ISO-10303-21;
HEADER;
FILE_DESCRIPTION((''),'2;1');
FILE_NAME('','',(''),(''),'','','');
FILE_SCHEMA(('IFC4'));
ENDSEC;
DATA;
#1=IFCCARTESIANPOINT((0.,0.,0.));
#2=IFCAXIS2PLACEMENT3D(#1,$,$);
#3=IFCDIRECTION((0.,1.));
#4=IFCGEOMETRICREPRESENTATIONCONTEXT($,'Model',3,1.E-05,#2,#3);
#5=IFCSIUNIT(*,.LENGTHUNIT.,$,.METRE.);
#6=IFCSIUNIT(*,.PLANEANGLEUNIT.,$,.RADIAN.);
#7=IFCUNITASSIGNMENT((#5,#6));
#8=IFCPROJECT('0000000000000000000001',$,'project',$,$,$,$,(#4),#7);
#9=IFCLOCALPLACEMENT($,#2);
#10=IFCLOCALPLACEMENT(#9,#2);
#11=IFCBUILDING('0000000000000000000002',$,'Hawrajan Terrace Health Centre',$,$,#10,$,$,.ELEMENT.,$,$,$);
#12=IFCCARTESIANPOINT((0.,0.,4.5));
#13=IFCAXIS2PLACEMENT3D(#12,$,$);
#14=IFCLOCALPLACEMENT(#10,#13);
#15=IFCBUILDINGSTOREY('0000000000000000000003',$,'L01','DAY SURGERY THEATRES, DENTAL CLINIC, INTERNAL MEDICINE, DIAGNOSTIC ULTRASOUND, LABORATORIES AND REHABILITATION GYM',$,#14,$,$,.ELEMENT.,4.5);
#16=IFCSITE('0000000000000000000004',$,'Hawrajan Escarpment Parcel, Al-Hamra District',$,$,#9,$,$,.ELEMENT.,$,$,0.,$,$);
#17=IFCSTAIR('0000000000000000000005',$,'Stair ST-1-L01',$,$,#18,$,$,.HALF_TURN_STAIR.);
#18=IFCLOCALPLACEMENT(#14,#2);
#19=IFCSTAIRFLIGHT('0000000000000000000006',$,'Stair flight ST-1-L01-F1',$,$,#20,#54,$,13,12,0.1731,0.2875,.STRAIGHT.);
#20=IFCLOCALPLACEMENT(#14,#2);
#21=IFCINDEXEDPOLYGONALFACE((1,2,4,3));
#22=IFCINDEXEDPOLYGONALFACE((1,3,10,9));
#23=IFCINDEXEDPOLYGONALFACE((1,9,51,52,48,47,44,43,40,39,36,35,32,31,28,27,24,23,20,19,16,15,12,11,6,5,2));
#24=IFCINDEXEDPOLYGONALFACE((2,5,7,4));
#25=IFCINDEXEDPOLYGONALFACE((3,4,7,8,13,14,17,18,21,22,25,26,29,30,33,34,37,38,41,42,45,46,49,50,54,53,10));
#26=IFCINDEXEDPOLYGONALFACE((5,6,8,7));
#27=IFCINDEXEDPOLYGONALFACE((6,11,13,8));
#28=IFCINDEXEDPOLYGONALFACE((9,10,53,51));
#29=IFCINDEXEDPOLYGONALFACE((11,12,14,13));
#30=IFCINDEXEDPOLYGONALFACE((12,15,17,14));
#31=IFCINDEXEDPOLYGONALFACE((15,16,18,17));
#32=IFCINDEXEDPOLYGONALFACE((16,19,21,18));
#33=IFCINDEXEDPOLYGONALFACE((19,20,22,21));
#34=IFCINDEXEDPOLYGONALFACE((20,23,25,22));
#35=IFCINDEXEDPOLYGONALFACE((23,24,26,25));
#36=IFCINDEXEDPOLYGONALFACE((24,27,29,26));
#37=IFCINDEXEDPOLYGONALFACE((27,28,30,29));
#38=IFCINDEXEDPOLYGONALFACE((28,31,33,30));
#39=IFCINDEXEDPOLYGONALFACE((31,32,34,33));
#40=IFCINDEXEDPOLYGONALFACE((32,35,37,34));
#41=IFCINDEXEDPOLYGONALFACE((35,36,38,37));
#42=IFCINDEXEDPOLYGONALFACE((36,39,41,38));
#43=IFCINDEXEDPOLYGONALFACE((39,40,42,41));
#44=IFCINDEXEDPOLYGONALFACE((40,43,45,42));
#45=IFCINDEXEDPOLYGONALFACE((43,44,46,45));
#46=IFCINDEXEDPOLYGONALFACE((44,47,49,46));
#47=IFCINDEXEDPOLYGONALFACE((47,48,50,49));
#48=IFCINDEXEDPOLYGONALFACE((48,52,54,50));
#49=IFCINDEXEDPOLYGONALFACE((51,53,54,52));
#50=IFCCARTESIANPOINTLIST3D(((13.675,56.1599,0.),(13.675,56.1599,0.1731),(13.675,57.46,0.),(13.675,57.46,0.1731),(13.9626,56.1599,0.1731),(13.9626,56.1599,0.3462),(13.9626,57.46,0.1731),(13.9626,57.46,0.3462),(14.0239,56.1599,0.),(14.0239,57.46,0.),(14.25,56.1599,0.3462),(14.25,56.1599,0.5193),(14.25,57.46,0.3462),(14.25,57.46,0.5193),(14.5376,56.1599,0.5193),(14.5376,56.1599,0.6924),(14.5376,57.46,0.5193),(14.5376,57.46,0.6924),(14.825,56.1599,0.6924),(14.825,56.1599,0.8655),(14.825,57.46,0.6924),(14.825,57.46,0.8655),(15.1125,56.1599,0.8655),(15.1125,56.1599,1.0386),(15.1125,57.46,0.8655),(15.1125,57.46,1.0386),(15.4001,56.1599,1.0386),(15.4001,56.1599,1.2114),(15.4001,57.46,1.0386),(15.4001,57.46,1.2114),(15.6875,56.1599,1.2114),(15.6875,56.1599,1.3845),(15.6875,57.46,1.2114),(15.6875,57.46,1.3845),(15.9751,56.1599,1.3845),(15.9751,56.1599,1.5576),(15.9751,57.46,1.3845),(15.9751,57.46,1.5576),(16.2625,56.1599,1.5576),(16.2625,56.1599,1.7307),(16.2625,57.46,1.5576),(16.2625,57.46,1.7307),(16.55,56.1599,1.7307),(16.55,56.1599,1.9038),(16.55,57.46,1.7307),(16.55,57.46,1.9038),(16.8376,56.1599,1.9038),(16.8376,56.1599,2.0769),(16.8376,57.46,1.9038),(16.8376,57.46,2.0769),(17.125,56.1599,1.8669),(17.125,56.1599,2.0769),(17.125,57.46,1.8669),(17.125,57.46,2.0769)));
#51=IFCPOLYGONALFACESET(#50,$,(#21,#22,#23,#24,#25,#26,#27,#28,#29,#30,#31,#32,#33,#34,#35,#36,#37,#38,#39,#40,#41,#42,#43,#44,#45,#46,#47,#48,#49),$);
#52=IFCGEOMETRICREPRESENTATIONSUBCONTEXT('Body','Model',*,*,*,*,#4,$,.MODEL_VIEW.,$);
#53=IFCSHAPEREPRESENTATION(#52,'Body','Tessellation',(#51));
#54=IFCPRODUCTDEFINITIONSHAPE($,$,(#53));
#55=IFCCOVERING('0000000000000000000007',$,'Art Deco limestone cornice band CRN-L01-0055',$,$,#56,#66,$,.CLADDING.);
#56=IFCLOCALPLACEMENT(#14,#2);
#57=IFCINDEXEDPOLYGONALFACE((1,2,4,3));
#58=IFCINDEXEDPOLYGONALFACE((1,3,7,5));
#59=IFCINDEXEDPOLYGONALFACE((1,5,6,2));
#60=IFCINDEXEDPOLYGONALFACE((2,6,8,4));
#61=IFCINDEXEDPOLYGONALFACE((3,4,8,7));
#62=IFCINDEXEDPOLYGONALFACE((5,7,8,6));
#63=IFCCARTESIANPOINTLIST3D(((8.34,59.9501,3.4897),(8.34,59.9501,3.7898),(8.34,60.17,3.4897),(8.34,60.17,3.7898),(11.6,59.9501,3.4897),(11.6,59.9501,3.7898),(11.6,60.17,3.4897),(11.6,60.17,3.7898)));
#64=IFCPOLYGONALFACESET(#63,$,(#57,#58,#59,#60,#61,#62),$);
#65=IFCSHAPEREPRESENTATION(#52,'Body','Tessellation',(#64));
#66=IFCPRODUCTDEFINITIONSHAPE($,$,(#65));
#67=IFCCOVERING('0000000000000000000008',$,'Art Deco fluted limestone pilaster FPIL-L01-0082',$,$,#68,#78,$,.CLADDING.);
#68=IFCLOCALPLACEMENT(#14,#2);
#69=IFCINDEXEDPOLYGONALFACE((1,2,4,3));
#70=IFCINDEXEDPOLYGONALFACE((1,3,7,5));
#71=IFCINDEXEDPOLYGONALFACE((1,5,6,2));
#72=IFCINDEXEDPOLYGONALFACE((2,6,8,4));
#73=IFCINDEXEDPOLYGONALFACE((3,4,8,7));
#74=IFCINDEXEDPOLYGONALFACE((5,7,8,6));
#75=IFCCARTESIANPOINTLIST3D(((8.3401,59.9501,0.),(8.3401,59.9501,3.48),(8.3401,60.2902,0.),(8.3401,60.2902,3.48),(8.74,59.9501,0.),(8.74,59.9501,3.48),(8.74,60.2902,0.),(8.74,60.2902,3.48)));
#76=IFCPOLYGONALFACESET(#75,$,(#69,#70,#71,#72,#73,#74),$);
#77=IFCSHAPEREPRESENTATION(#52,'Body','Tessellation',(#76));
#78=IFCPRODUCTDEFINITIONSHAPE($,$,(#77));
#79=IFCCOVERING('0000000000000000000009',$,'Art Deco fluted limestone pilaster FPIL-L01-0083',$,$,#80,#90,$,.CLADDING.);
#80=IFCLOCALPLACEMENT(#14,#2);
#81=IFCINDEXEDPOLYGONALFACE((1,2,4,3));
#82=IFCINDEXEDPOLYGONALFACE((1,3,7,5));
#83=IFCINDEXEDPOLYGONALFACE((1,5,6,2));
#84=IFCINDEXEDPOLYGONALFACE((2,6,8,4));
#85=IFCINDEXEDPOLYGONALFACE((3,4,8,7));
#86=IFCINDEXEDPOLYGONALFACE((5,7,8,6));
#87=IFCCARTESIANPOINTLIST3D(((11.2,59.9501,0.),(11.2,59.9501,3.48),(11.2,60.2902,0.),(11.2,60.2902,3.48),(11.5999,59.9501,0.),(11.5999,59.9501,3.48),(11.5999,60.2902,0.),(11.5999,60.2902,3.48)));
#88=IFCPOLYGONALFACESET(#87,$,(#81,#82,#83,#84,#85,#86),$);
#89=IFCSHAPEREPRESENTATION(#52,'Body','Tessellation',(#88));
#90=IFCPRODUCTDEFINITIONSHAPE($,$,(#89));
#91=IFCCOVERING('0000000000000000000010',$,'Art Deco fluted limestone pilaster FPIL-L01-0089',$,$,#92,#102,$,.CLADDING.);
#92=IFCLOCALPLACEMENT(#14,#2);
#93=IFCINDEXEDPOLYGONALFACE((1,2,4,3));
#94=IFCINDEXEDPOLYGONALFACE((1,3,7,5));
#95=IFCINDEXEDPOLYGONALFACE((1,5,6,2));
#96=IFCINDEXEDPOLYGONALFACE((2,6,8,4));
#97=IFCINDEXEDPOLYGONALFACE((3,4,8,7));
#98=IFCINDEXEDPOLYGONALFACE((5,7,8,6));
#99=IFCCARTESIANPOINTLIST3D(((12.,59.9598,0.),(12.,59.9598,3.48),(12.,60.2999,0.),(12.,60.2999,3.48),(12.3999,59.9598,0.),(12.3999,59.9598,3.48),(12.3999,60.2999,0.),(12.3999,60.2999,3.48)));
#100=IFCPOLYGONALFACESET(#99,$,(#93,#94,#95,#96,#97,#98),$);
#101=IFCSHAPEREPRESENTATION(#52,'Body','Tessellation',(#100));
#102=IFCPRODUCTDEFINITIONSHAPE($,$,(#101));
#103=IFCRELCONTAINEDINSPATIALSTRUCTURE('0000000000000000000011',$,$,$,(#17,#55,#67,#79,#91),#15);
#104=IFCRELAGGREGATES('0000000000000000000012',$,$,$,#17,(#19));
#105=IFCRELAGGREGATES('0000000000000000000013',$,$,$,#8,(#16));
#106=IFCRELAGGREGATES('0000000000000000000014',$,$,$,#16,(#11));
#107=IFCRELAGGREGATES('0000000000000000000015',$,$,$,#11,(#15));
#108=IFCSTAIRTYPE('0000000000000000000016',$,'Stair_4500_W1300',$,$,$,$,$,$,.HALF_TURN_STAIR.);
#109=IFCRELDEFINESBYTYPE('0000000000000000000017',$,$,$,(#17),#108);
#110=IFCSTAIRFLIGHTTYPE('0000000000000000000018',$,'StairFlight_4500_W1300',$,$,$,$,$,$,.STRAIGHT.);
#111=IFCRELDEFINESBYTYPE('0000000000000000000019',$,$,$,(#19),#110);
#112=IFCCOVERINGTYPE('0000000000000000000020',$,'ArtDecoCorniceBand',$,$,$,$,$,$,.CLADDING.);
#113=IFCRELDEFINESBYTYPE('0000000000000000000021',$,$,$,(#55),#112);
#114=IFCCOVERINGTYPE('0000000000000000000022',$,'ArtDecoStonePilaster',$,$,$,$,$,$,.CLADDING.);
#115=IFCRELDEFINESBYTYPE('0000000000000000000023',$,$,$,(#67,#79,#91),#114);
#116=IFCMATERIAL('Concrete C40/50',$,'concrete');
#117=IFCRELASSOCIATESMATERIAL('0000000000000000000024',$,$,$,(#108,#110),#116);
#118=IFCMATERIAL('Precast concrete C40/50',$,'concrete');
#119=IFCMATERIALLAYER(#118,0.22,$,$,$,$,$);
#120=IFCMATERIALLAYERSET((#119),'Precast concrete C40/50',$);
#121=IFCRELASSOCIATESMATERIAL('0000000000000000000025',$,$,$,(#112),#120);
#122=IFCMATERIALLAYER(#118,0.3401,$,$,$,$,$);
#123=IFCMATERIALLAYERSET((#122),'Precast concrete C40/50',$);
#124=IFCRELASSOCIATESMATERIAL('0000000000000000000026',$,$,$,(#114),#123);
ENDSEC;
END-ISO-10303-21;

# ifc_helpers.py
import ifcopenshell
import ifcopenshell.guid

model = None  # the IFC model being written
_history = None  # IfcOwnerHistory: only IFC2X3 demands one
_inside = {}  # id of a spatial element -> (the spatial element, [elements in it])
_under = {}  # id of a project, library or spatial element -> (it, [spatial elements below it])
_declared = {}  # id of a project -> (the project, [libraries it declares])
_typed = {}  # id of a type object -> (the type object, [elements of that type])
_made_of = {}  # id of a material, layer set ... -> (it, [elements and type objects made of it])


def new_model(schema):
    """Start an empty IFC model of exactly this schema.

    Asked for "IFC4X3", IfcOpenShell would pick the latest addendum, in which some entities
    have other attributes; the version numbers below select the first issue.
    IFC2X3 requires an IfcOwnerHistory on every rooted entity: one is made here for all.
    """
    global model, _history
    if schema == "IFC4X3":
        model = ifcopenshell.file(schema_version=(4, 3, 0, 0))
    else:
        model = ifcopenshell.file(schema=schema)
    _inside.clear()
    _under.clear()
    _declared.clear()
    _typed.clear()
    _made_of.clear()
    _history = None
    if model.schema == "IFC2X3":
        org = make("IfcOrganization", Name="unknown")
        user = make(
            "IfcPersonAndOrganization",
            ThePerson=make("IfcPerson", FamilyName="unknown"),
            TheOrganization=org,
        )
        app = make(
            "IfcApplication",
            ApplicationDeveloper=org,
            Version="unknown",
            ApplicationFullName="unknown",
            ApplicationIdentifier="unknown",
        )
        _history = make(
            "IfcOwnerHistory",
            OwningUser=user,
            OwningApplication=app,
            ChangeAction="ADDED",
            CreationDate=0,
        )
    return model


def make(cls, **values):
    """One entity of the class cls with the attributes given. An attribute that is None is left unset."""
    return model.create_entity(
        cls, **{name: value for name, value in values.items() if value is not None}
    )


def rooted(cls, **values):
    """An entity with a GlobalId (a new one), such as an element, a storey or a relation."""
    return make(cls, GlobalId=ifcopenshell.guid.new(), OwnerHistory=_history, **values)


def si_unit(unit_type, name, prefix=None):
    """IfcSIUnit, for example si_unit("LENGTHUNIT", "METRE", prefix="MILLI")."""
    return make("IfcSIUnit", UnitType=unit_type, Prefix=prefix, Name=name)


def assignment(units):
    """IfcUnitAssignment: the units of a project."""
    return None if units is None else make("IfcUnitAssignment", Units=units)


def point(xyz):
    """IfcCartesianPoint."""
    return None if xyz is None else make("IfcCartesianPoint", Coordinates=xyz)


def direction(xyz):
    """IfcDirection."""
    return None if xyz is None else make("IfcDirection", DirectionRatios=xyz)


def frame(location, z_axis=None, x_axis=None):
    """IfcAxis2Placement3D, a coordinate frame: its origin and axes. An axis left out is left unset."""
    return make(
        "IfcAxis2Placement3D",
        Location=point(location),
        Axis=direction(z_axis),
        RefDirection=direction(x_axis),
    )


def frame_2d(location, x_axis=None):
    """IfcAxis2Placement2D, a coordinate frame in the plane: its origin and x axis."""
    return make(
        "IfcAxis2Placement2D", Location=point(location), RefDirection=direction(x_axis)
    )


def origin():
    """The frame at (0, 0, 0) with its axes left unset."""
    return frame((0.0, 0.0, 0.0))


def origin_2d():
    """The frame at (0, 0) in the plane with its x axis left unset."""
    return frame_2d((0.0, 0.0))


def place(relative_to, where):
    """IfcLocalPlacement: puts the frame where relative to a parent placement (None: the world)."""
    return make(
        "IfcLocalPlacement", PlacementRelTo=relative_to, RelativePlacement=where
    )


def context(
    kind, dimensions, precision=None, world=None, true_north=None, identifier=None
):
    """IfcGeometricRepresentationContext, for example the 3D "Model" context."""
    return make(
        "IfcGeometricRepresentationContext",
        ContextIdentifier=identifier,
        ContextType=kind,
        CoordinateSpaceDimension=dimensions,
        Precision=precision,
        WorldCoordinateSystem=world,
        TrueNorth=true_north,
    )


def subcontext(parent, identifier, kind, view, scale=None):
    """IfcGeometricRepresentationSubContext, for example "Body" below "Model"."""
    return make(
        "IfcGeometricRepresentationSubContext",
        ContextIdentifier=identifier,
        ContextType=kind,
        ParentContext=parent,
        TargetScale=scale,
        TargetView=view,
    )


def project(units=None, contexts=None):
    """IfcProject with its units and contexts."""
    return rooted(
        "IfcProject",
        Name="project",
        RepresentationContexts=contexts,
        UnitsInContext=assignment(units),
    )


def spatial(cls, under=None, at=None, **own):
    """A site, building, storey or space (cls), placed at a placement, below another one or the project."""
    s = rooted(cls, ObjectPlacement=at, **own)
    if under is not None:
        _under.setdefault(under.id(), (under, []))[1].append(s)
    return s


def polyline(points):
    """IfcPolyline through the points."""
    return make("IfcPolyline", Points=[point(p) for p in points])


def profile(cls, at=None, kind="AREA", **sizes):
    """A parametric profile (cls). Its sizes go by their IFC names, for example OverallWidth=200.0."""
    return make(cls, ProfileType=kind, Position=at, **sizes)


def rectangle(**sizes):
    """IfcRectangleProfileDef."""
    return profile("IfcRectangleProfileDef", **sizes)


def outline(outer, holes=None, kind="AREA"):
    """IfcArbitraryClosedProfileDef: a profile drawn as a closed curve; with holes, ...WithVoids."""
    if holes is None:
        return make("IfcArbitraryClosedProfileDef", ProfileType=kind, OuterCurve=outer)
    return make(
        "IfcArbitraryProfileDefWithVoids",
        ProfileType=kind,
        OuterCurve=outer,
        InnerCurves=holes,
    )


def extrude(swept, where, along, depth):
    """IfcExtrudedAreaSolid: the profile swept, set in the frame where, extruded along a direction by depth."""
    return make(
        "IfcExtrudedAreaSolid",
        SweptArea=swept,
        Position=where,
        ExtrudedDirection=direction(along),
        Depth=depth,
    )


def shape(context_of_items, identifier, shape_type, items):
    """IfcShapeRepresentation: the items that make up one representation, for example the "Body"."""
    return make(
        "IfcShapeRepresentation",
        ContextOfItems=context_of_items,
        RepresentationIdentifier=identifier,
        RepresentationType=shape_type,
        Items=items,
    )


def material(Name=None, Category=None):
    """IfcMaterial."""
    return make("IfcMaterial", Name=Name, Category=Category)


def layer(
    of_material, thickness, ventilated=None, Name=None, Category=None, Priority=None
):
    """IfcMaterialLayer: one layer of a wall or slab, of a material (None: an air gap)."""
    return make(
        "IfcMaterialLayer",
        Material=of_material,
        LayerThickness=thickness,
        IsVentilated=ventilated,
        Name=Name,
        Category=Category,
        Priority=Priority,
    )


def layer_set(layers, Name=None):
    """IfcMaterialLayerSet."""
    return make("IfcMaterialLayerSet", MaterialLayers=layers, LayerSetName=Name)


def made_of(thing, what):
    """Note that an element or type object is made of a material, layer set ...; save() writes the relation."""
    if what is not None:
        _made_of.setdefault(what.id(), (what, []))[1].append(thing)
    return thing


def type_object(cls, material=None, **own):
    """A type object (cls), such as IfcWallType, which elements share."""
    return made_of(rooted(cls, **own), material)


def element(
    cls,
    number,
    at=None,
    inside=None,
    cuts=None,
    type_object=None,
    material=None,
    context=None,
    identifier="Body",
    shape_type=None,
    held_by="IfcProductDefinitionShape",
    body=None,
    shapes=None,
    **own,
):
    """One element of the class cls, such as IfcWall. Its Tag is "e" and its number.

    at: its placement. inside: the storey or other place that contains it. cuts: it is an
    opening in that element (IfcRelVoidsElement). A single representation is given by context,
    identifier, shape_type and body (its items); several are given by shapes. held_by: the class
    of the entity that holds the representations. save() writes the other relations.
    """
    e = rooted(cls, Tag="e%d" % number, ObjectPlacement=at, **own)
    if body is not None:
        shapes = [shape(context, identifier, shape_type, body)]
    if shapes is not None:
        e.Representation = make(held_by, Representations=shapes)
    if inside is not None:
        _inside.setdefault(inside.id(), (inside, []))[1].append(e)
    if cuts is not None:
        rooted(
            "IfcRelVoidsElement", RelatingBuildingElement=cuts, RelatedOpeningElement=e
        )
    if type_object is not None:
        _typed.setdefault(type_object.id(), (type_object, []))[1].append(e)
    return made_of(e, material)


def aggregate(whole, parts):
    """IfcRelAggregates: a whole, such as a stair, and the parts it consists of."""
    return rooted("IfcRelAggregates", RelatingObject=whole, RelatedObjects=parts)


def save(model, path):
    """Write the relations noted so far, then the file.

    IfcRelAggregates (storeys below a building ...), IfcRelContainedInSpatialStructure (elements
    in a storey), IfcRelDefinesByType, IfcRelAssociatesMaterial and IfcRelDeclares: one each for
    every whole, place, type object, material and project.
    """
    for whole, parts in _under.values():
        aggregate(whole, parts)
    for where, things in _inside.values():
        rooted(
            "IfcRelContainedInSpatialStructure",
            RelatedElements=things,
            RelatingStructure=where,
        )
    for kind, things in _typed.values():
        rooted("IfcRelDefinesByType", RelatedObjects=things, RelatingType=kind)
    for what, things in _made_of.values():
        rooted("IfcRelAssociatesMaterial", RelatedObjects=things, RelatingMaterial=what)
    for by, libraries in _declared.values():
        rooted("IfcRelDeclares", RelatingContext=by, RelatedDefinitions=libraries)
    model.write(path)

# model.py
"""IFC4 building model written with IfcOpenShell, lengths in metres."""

from ifc_helpers import new_model, si_unit, direction, frame, origin, origin_2d, place, context, subcontext, project, spatial, polyline, rectangle, outline, extrude, material, layer, layer_set, type_object, element, aggregate, save


model = new_model("IFC4")

# Units and contexts
model_context = context("Model", 3, precision=1e-05, world=origin(), true_north=direction((0.0, 1.0)))
body_context = subcontext(model_context, "Body", "Model", "MODEL_VIEW")
ifc_project = project(units=[si_unit("LENGTHUNIT", "METRE"), si_unit("PLANEANGLEUNIT", "RADIAN")], contexts=[model_context])

# Site, building, storey
site_placement = place(None, origin())
site = spatial("IfcSite", under=ifc_project, at=site_placement, Name="Hawrajan Escarpment Parcel, Al-Hamra District", CompositionType="ELEMENT", RefElevation=0.0)
building_placement = place(site_placement, origin())
building = spatial("IfcBuilding", under=site, at=building_placement, Name="Hawrajan Terrace Health Centre", CompositionType="ELEMENT")
storey_placement = place(building_placement, frame((0.0, 0.0, 4.5)))
storey = spatial("IfcBuildingStorey", under=building, at=storey_placement, Name="L01", Description="DAY SURGERY THEATRES, DENTAL CLINIC, INTERNAL MEDICINE, DIAGNOSTIC ULTRASOUND, LABORATORIES AND REHABILITATION GYM", CompositionType="ELEMENT", Elevation=4.5)

# Shared definitions
ifc_material_1 = material(Name="Concrete C40/50", Category="concrete")

# Shared definitions
ifc_material_2 = material(Name="Precast concrete C40/50", Category="concrete")

# Stair, stair flight
stair_type = type_object("IfcStairType", Name="Stair_4500_W1300", PredefinedType="HALF_TURN_STAIR", material=ifc_material_1)
stair_placement = place(storey_placement, origin())
stair = element("IfcStair", 1, at=stair_placement, inside=storey, type_object=stair_type, Name="Stair ST-1-L01", PredefinedType="HALF_TURN_STAIR")
stair_flight_type = type_object("IfcStairFlightType", Name="StairFlight_4500_W1300", PredefinedType="STRAIGHT", material=ifc_material_1)
stair_flight_placement = place(storey_placement, frame((13.675, 56.8101, 0.0), z_axis=(0.0, 0.0, 1.0), x_axis=(1.0, 0.0, 0.0)))
stair_flight = element("IfcStairFlight", 2, at=stair_flight_placement, type_object=stair_flight_type, Name="Stair flight ST-1-L01-F1", NumberOfRisers=13, NumberOfTreads=12, PredefinedType="STRAIGHT", RiserHeight=0.1731, TreadLength=0.2875, context=body_context, shape_type="SweptSolid", body=[
    extrude(outline(polyline([(0.0, 0.0), (0.0, 0.1731), (0.2876, 0.1731), (0.2876, 0.3462), (0.575, 0.3462), (0.575, 0.5193), (0.8625, 0.5193), (0.8625, 0.6924), (1.1499, 0.6924), (1.1499, 0.8655), (1.4375, 0.8655), (1.4375, 1.0386), (1.7251, 1.0386), (1.7251, 1.2114), (2.0125, 1.2114), (2.0125, 1.3845), (2.3, 1.3845), (2.3, 1.5576), (2.5874, 1.5576), (2.5874, 1.7307), (2.875, 1.7307), (2.875, 1.9038), (3.1626, 1.9038), (3.1626, 2.0769), (3.45, 2.0769), (3.45, 2.25), (3.45, 1.8669), (0.3489, 0.0), (0.0, 0.0)])), frame((0.0, 0.6499, 0.0), z_axis=(0.0, -1.0, 0.0), x_axis=(1.0, 0.0, 0.0)), (0.0, 0.0, 1.0), 1.3),
])
aggregate(stair, [stair_flight])

# Coverings
ifc_layer_1 = layer(ifc_material_2, 0.22)
ifc_layer_set_1 = layer_set([ifc_layer_1], Name="Precast concrete C40/50")
covering_type_1 = type_object("IfcCoveringType", Name="ArtDecoCorniceBand", PredefinedType="CLADDING", material=ifc_layer_set_1)
covering_placement = place(storey_placement, frame((9.97, 60.0601, 3.4897), z_axis=(0.0, 0.0, 1.0), x_axis=(1.0, 0.0, 0.0)))
element("IfcCovering", 3, at=covering_placement, inside=storey, type_object=covering_type_1, Name="Art Deco limestone cornice band CRN-L01-0055", PredefinedType="CLADDING", context=body_context, shape_type="SweptSolid", body=[
    extrude(rectangle(XDim=3.26, YDim=0.22, at=origin_2d()), origin(), (0.0, 0.0, 1.0), 0.3),
])
ifc_layer_2 = layer(ifc_material_2, 0.3401)
ifc_layer_set_2 = layer_set([ifc_layer_2], Name="Precast concrete C40/50")
covering_type_2 = type_object("IfcCoveringType", Name="ArtDecoStonePilaster", PredefinedType="CLADDING", material=ifc_layer_set_2)
for number, where, z_axis, x_axis, name in (
    (4, (8.54, 60.1201, 0.0), (0.0, 0.0, 1.0), (1.0, 0.0, 0.0), "Art Deco fluted limestone pilaster FPIL-L01-0082"),
    (5, (11.3999, 60.1201, 0.0), (0.0, 0.0, 1.0), (1.0, 0.0, 0.0), "Art Deco fluted limestone pilaster FPIL-L01-0083"),
    (6, (12.2, 60.1299, 0.0), (0.0, 0.0, 1.0), (1.0, 0.0, 0.0), "Art Deco fluted limestone pilaster FPIL-L01-0089"),
):
    element("IfcCovering", number, at=place(storey_placement, frame(where, z_axis=z_axis, x_axis=x_axis)), inside=storey, type_object=covering_type_2, Name=name, PredefinedType="CLADDING", context=body_context, shape_type="SweptSolid", body=[
        extrude(rectangle(XDim=0.3999, YDim=0.3401, at=origin_2d()), origin(), (0.0, 0.0, 1.0), 3.48),
    ])

save(model, "model.ifc")
